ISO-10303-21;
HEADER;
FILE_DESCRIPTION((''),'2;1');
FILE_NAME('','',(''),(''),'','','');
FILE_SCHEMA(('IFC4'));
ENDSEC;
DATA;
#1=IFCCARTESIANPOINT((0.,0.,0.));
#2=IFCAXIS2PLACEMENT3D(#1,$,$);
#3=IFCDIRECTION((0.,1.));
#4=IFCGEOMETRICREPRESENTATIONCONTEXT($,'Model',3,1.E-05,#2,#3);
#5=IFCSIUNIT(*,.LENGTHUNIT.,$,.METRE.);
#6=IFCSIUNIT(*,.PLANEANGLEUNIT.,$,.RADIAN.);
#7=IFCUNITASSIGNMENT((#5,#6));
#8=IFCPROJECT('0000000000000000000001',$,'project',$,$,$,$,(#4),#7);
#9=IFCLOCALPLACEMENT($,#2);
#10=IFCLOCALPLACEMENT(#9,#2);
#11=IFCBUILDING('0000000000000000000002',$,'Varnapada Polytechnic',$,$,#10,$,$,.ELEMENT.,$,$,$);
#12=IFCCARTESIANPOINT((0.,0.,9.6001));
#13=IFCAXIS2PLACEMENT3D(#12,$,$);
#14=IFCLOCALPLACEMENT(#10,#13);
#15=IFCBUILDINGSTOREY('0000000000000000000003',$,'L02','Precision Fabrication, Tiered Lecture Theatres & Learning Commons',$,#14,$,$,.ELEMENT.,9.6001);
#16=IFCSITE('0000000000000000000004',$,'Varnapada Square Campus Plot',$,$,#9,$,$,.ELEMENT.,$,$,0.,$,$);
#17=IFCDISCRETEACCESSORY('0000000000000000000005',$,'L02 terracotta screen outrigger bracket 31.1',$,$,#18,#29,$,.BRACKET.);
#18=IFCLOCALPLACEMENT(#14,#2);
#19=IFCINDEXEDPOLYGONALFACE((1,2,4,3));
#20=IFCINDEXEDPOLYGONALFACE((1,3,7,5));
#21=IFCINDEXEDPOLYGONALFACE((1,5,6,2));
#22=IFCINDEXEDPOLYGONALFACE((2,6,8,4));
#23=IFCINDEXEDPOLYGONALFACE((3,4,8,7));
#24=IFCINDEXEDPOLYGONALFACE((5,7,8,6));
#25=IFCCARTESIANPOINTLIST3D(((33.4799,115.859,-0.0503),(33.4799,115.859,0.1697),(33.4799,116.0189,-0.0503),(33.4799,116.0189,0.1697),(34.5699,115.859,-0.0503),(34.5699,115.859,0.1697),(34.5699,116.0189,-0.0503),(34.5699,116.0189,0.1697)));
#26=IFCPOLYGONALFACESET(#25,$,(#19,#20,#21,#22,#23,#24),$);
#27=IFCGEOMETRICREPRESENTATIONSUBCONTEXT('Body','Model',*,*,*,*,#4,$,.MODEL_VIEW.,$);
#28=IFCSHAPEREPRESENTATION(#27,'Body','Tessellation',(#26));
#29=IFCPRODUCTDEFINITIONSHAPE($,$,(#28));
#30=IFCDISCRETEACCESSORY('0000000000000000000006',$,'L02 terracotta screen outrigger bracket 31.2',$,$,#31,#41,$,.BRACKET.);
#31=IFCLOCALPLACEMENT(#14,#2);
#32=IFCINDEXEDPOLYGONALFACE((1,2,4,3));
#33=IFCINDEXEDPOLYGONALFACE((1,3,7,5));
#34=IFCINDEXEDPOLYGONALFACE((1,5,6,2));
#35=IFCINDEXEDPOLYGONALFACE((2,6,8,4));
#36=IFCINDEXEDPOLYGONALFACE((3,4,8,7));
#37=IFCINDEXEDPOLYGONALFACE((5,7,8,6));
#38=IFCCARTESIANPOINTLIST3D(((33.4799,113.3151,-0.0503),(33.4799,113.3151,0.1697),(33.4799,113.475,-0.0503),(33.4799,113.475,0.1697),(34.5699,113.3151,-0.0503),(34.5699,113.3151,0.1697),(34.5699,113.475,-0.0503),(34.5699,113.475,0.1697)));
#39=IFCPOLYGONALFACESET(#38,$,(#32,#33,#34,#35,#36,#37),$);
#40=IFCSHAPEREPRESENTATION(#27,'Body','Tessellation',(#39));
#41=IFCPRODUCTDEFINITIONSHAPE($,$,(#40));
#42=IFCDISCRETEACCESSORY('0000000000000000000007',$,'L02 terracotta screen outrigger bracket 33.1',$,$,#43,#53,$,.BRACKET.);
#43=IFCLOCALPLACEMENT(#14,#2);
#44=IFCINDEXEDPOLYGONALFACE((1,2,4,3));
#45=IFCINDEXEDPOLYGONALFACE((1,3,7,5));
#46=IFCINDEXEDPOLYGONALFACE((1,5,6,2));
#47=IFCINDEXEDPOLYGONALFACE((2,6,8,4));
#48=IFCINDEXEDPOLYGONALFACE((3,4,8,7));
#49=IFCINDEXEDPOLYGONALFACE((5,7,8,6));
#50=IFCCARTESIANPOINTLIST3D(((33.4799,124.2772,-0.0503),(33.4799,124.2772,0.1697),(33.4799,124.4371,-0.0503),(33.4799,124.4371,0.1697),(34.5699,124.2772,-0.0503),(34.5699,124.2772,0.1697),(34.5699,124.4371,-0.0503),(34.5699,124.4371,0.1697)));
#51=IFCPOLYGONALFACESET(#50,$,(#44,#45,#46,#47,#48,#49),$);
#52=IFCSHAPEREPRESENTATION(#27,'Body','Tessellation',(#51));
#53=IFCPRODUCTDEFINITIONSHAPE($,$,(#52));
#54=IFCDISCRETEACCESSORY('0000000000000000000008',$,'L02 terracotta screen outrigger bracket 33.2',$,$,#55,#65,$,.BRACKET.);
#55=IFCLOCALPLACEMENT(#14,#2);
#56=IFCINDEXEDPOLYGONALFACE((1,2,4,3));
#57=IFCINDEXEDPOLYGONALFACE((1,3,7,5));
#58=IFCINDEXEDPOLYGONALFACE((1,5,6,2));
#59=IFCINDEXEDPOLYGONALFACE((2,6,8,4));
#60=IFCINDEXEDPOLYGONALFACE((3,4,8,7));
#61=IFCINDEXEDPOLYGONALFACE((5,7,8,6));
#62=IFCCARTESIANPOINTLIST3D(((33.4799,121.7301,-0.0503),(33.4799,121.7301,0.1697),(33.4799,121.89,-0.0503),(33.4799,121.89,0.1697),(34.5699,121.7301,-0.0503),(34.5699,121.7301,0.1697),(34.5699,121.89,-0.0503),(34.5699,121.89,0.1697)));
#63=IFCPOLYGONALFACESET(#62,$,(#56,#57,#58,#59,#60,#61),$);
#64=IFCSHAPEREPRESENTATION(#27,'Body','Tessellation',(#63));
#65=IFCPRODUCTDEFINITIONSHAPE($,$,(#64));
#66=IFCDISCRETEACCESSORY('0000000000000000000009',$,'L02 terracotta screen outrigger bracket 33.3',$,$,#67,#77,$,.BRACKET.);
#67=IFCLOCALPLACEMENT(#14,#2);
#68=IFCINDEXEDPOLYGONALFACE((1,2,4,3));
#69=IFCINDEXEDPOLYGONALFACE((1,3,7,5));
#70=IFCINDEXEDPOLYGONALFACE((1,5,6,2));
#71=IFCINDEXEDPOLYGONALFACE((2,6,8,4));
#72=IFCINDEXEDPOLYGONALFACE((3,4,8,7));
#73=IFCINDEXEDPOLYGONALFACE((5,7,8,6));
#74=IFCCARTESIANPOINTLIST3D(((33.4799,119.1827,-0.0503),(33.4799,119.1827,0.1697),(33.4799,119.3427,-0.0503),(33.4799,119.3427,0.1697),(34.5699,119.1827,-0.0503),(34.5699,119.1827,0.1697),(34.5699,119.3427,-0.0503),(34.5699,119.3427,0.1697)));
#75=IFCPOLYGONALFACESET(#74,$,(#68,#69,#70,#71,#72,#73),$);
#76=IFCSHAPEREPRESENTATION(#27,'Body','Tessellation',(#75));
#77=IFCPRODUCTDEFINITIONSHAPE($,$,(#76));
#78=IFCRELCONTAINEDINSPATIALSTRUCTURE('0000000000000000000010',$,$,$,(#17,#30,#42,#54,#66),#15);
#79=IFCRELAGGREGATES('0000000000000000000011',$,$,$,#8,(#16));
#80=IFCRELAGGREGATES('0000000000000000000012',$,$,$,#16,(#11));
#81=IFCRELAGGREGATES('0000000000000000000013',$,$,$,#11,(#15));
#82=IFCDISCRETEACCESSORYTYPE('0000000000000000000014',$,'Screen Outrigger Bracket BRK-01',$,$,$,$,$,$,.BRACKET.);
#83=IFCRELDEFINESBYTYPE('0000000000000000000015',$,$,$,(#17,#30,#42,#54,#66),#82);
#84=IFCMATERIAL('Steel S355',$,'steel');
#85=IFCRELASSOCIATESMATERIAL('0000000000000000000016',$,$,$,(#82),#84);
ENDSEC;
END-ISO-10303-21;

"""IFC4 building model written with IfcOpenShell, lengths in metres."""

from ifc_helpers import new_model, si_unit, direction, frame, origin, origin_2d, place, context, subcontext, project, spatial, rectangle, extrude, material, type_object, element, save


model = new_model("IFC4")

# Units and contexts
model_context = context("Model", 3, precision=1e-05, world=origin(), true_north=direction((0.0, 1.0)))
body_context = subcontext(model_context, "Body", "Model", "MODEL_VIEW")
ifc_project = project(units=[si_unit("LENGTHUNIT", "METRE"), si_unit("PLANEANGLEUNIT", "RADIAN")], contexts=[model_context])

# Site, building, storey
site_placement = place(None, origin())
site = spatial("IfcSite", under=ifc_project, at=site_placement, Name="Varnapada Square Campus Plot", CompositionType="ELEMENT", RefElevation=0.0)
building_placement = place(site_placement, origin())
building = spatial("IfcBuilding", under=site, at=building_placement, Name="Varnapada Polytechnic", CompositionType="ELEMENT")
storey_placement = place(building_placement, frame((0.0, 0.0, 9.6001)))
storey = spatial("IfcBuildingStorey", under=building, at=storey_placement, Name="L02", Description="Precision Fabrication, Tiered Lecture Theatres & Learning Commons", CompositionType="ELEMENT", Elevation=9.6001)

# Discrete accessories
ifc_material_1 = material(Name="Steel S355", Category="steel")
discrete_accessory_type = type_object("IfcDiscreteAccessoryType", Name="Screen Outrigger Bracket BRK-01", PredefinedType="BRACKET", material=ifc_material_1)
for number, where, z_axis, x_axis, name in (
    (1, (34.0249, 115.939, -0.0503), (0.0, 0.0, 1.0), (0.0, -1.0, 0.0), "L02 terracotta screen outrigger bracket 31.1"),
    (2, (34.0249, 113.395, -0.0503), (0.0, 0.0, 1.0), (0.0, -1.0, 0.0), "L02 terracotta screen outrigger bracket 31.2"),
    (3, (34.0249, 124.3572, -0.0503), (0.0, 0.0, 1.0), (0.0, -1.0, 0.0), "L02 terracotta screen outrigger bracket 33.1"),
    (4, (34.0249, 121.8101, -0.0503), (0.0, 0.0, 1.0), (0.0, -1.0, 0.0), "L02 terracotta screen outrigger bracket 33.2"),
    (5, (34.0249, 119.2627, -0.0503), (0.0, 0.0, 1.0), (0.0, -1.0, 0.0), "L02 terracotta screen outrigger bracket 33.3"),
):
    element("IfcDiscreteAccessory", number, at=place(storey_placement, frame(where, z_axis=z_axis, x_axis=x_axis)), inside=storey, type_object=discrete_accessory_type, Name=name, PredefinedType="BRACKET", context=body_context, shape_type="SweptSolid", body=[
        extrude(rectangle(XDim=0.1599, YDim=1.0901, at=origin_2d()), origin(), (0.0, 0.0, 1.0), 0.22),
    ])

save(model, "model.ifc")
